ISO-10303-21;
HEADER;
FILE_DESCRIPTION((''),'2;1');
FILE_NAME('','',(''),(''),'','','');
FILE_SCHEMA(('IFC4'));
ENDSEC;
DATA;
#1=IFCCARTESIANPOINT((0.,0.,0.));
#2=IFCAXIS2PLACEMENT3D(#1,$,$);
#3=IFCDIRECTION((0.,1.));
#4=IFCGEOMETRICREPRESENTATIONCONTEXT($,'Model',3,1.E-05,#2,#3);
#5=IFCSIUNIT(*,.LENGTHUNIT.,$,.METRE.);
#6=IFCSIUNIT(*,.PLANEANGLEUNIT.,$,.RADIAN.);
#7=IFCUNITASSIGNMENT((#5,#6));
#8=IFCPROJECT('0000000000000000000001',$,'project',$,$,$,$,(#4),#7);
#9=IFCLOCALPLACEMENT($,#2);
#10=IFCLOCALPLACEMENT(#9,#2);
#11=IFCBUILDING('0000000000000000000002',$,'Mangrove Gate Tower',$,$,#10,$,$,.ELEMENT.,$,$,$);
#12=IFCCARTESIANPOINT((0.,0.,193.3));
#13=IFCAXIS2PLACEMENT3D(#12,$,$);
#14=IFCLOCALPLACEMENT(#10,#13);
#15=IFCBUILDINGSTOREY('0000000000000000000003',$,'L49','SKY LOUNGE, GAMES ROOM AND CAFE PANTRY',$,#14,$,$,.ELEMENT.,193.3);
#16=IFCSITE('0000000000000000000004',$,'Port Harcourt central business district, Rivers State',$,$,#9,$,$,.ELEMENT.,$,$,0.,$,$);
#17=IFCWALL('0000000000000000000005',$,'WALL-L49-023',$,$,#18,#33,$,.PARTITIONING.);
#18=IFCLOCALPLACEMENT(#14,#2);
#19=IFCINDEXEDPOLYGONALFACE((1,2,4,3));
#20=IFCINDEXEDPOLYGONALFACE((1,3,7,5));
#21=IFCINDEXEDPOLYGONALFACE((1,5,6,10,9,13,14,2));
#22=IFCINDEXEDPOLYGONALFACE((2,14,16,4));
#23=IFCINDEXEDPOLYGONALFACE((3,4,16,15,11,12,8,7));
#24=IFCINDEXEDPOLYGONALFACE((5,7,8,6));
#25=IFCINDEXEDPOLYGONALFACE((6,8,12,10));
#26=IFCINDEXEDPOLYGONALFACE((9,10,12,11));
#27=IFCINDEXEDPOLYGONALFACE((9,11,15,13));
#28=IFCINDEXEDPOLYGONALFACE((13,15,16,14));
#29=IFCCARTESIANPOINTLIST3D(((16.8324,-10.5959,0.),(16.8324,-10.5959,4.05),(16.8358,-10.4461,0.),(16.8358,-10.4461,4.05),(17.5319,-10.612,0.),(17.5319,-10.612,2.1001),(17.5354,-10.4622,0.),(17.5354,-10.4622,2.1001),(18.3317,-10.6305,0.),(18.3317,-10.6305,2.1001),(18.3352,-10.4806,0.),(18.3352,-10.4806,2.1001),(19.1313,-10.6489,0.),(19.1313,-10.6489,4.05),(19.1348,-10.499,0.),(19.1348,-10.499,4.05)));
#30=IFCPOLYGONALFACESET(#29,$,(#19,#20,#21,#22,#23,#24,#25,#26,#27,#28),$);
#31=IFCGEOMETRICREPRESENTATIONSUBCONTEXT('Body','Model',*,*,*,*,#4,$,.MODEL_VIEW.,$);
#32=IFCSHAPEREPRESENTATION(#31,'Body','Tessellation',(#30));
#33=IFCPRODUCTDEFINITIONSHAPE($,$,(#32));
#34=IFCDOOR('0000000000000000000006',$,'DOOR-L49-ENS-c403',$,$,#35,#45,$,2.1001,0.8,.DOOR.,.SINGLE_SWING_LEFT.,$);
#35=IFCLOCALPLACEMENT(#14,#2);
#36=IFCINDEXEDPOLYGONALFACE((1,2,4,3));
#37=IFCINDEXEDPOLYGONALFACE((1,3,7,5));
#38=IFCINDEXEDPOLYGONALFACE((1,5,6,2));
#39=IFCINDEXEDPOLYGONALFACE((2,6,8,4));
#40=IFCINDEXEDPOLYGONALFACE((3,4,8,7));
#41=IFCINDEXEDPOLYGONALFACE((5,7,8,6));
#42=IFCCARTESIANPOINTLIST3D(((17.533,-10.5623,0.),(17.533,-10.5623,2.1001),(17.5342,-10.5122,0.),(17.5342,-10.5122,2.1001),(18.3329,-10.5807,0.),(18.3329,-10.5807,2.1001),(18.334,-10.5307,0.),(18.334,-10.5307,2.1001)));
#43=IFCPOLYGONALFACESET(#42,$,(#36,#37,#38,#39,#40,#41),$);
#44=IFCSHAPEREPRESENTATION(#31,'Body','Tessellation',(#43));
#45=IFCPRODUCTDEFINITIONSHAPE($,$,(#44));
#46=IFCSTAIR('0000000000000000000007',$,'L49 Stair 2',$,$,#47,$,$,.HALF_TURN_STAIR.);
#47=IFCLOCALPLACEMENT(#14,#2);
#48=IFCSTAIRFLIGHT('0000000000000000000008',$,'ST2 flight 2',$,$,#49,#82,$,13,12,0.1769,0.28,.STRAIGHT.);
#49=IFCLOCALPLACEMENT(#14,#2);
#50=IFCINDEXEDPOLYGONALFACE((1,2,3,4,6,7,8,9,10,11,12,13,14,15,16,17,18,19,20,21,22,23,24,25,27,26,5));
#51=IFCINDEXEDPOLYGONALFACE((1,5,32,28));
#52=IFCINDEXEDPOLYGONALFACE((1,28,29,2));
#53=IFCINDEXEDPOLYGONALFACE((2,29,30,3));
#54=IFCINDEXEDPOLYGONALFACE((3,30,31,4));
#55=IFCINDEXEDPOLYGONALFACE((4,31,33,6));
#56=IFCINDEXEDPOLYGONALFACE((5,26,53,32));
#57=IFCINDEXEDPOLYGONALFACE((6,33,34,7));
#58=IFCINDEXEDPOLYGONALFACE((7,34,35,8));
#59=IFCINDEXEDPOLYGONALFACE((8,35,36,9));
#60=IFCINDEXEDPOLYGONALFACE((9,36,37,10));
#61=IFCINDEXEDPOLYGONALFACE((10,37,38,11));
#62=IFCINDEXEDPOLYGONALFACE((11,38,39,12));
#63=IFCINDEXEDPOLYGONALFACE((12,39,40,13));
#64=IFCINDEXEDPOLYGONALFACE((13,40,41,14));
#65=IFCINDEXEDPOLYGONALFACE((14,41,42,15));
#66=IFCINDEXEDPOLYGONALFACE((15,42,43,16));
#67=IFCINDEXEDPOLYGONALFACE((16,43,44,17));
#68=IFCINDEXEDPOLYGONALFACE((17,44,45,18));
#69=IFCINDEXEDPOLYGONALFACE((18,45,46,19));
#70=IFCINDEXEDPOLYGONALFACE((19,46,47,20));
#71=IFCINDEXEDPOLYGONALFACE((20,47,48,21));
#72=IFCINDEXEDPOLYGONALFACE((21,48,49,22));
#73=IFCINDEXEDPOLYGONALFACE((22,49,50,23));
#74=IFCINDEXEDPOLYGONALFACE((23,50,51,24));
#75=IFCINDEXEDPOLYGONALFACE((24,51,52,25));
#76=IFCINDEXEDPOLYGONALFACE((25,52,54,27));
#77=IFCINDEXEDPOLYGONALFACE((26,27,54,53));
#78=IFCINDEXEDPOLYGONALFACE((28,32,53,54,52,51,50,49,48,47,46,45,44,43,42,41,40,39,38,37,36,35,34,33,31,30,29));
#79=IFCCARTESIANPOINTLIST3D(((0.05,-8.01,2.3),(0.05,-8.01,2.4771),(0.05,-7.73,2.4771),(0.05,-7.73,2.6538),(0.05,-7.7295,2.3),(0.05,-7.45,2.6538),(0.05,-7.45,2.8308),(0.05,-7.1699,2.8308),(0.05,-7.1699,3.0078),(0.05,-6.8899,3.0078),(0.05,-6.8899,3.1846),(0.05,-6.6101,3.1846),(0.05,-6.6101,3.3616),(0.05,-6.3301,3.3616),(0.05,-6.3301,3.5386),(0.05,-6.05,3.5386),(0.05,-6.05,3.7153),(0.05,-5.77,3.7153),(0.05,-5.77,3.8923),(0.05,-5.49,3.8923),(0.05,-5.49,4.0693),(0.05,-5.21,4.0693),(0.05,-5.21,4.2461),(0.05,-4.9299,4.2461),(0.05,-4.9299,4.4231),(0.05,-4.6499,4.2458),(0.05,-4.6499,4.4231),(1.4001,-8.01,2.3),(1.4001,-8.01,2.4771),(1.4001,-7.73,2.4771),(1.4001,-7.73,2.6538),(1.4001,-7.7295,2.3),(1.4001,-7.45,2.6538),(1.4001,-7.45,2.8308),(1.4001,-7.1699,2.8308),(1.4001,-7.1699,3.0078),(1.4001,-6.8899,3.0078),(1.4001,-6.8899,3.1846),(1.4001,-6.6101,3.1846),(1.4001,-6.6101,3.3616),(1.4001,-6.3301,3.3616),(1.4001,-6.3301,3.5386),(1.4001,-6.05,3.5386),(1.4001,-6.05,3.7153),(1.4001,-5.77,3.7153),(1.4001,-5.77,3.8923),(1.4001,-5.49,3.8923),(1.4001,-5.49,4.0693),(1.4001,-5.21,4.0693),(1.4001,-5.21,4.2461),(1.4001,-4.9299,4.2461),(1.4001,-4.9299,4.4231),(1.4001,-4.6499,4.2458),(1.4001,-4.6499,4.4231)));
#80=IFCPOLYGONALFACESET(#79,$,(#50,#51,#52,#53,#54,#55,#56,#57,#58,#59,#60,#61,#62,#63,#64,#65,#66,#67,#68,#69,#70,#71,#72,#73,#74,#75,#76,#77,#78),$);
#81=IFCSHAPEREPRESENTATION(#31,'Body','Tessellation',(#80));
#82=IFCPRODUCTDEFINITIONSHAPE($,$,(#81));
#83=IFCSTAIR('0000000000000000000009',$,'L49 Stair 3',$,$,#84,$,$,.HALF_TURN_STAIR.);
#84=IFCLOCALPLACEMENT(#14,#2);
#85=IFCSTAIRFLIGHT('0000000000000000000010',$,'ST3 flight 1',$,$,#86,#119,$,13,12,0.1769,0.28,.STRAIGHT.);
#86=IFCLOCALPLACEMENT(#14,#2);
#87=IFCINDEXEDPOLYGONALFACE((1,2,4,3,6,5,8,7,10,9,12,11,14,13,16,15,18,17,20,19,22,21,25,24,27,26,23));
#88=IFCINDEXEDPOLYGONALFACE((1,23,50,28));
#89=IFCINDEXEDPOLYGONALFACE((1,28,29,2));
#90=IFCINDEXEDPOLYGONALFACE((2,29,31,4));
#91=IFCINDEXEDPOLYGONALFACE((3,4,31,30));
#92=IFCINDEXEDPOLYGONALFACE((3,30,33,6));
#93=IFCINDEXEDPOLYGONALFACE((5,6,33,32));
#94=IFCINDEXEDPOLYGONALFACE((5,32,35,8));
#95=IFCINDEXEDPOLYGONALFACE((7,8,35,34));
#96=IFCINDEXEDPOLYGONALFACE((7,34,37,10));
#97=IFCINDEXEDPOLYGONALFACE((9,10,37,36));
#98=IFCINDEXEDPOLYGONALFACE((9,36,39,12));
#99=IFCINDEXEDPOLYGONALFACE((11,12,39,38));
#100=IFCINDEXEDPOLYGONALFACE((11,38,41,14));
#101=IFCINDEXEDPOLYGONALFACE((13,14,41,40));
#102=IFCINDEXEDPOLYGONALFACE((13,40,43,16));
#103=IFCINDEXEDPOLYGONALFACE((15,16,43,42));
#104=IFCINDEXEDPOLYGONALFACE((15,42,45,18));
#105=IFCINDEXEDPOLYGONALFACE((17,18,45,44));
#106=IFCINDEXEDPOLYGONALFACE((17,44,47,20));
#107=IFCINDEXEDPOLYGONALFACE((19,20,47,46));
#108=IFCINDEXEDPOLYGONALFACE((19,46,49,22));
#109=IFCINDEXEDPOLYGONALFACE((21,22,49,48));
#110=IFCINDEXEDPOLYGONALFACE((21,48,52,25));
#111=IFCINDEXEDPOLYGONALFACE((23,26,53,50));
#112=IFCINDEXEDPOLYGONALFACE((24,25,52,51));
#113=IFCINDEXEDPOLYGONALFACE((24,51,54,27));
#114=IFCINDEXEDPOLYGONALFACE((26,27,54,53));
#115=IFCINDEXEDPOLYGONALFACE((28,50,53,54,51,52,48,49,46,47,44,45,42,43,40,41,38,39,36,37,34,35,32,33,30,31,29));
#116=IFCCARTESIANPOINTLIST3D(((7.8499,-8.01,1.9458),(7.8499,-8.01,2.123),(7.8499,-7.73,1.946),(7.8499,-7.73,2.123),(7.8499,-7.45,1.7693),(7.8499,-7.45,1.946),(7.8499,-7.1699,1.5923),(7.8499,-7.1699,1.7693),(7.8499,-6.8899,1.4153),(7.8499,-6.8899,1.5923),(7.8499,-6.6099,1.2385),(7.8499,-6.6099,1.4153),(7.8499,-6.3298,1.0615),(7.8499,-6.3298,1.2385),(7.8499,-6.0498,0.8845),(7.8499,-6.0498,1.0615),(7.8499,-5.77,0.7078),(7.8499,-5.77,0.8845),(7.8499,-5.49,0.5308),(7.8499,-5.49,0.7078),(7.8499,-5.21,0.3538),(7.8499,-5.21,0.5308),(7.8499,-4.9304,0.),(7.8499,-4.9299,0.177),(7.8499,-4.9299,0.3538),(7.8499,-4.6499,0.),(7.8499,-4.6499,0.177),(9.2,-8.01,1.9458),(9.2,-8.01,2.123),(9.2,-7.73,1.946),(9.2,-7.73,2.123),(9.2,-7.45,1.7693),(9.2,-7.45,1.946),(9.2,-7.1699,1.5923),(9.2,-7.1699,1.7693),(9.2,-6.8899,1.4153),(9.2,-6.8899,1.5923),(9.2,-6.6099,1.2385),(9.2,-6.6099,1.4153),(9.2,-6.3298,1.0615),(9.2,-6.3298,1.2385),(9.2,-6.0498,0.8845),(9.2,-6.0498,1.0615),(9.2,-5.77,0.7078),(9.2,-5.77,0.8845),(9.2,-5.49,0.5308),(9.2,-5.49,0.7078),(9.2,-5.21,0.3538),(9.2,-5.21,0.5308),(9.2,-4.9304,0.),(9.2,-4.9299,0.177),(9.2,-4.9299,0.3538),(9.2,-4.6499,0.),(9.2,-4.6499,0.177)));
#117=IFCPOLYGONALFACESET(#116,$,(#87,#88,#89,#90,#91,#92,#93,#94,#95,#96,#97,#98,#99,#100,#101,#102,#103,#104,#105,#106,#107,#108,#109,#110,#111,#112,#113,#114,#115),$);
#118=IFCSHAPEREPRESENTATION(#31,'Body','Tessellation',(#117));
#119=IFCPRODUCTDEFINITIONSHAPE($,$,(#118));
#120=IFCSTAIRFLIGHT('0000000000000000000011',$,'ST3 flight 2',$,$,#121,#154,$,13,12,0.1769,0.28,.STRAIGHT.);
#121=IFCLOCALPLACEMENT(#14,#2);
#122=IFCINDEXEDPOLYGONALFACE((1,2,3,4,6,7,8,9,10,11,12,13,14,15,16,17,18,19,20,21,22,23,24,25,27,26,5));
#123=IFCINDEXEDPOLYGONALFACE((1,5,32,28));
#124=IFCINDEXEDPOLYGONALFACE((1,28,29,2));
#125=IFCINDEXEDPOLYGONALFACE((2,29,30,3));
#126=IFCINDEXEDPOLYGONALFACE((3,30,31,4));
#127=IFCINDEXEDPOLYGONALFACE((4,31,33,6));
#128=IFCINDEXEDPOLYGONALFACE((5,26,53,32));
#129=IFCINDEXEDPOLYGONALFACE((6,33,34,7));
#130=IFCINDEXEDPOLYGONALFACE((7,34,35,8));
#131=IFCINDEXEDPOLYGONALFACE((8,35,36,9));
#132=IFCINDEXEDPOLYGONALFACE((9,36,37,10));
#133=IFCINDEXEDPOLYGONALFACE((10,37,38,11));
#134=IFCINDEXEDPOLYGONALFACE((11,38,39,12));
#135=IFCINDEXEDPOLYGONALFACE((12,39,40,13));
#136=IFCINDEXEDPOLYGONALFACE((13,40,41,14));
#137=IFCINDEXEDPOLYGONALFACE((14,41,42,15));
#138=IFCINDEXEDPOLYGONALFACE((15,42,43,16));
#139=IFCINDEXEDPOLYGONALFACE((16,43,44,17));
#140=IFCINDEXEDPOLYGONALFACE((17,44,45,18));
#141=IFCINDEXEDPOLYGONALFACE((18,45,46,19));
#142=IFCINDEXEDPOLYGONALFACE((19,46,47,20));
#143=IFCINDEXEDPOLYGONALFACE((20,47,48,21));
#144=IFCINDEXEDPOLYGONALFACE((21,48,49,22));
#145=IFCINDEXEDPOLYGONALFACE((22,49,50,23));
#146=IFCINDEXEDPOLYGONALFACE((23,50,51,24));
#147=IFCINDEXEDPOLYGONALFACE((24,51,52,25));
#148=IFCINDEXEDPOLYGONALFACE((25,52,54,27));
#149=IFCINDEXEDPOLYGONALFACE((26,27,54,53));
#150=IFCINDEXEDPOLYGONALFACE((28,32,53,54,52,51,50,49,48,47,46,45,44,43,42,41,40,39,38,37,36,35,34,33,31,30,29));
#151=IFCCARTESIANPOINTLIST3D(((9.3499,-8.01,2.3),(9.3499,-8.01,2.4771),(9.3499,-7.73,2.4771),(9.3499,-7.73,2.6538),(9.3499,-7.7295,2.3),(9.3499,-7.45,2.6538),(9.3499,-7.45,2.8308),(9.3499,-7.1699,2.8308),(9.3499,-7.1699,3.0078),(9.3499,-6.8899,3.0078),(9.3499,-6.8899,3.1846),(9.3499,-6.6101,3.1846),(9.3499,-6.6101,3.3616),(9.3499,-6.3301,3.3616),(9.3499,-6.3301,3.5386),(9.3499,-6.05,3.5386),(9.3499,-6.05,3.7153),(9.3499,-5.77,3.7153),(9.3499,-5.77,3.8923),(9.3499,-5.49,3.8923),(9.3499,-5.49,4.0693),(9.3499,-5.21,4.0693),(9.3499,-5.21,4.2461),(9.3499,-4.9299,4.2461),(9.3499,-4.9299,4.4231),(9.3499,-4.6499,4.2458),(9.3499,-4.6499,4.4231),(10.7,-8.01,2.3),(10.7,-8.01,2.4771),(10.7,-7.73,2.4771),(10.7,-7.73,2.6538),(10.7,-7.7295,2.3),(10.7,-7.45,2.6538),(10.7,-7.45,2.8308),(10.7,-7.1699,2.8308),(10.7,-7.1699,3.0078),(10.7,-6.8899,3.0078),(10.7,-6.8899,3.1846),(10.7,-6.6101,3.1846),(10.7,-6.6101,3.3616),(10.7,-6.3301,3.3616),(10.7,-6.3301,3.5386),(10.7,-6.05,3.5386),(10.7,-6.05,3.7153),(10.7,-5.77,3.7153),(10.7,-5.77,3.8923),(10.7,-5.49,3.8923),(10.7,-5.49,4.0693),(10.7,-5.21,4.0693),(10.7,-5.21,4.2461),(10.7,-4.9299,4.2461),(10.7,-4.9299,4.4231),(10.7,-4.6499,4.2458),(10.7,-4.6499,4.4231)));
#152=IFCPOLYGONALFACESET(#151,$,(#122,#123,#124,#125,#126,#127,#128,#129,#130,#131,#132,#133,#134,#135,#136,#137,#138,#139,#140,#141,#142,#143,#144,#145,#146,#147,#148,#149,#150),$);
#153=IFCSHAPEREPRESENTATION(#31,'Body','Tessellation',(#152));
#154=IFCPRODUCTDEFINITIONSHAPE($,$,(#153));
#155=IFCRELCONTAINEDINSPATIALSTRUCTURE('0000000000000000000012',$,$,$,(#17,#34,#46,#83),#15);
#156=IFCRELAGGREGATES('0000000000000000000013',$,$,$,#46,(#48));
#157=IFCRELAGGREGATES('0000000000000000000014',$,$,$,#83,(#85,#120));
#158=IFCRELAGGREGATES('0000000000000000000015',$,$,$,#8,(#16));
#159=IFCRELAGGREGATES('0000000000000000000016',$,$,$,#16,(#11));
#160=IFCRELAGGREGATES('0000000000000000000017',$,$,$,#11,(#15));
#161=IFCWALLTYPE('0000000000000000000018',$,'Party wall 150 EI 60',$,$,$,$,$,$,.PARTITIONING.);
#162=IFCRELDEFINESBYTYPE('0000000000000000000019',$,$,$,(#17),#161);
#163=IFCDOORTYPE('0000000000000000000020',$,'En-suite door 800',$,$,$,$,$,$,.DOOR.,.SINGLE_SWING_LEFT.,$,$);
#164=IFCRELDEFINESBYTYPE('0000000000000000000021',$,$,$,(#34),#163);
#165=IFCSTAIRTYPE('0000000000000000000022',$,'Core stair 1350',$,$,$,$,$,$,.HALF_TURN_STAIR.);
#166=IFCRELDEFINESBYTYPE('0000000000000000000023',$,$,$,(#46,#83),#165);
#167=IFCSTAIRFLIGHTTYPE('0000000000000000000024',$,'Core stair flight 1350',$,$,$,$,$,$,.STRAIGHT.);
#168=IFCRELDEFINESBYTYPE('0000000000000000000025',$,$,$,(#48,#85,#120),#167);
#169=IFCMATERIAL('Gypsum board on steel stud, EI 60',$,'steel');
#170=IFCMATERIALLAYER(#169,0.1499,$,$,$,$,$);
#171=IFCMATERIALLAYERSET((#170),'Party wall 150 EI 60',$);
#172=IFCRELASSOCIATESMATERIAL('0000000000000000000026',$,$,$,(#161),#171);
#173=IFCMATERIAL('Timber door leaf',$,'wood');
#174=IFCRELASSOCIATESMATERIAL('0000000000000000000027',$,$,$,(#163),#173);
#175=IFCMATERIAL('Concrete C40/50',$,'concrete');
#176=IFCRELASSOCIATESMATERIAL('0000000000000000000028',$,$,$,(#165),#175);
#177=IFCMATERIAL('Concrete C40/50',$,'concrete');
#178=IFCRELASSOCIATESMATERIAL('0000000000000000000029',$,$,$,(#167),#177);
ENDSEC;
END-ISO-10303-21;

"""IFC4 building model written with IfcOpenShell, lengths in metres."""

from ifc_helpers import new_model, si_unit, direction, frame, frame_2d, origin, place, context, subcontext, project, spatial, polyline, rectangle, outline, extrude, material, layer, layer_set, type_object, element, fill, aggregate, save


model = new_model("IFC4")

# Units and contexts
model_context = context("Model", 3, precision=1e-05, world=origin(), true_north=direction((0.0, 1.0)))
body_context = subcontext(model_context, "Body", "Model", "MODEL_VIEW")
ifc_project = project(units=[si_unit("LENGTHUNIT", "METRE"), si_unit("PLANEANGLEUNIT", "RADIAN")], contexts=[model_context])

# Site, building, storey
site_placement = place(None, origin())
site = spatial("IfcSite", under=ifc_project, at=site_placement, Name="Port Harcourt central business district, Rivers State", CompositionType="ELEMENT", RefElevation=0.0)
building_placement = place(site_placement, origin())
building = spatial("IfcBuilding", under=site, at=building_placement, Name="Mangrove Gate Tower", CompositionType="ELEMENT")
storey_placement = place(building_placement, frame((0.0, 0.0, 193.3)))
storey = spatial("IfcBuildingStorey", under=building, at=storey_placement, Name="L49", Description="SKY LOUNGE, GAMES ROOM AND CAFE PANTRY", CompositionType="ELEMENT", Elevation=193.3)

# Wall, opening, door
ifc_material_1 = material(Name="Gypsum board on steel stud, EI 60", Category="steel")
ifc_layer_1 = layer(ifc_material_1, 0.1499)
ifc_layer_set_1 = layer_set([ifc_layer_1], Name="Party wall 150 EI 60")
wall_type_1 = type_object("IfcWallType", Name="Party wall 150 EI 60", PredefinedType="PARTITIONING", material=ifc_layer_set_1)
wall_1_placement = place(storey_placement, frame((16.834, -10.521, 0.0), z_axis=(0.0, 0.0, 1.0), x_axis=(0.999735, -0.023037, 0.0)))
wall_1 = element("IfcWall", 1, at=wall_1_placement, inside=storey, type_object=wall_type_1, Name="WALL-L49-023", PredefinedType="PARTITIONING", context=body_context, shape_type="SweptSolid", body=[
    extrude(rectangle(XDim=2.2996, YDim=0.1499, at=frame_2d((1.1499, 0.0))), origin(), (0.0, 0.0, 1.0), 4.05),
])
opening_1_placement = place(wall_1_placement, frame((0.7, 0.0, 0.0)))
opening_1 = element("IfcOpeningElement", 2, at=opening_1_placement, cuts=wall_1, PredefinedType="OPENING", context=body_context, shape_type="SweptSolid", body=[
    extrude(rectangle(XDim=0.8, YDim=2.1001, at=frame_2d((0.3999, 1.05))), frame((0.0, 0.085, 0.0), z_axis=(0.0, -1.0, 0.0), x_axis=(1.0, 0.0, 0.0)), (0.0, 0.0, 1.0), 0.1699),
])
ifc_material_2 = material(Name="Timber door leaf", Category="wood")
door_type_1 = type_object("IfcDoorType", Name="En-suite door 800", OperationType="SINGLE_SWING_LEFT", PredefinedType="DOOR", material=ifc_material_2)
door_1_placement = place(opening_1_placement, origin())
door_1 = element("IfcDoor", 3, at=door_1_placement, inside=storey, type_object=door_type_1, Name="DOOR-L49-ENS-c403", OperationType="SINGLE_SWING_LEFT", OverallHeight=2.1001, OverallWidth=0.8, PredefinedType="DOOR", context=body_context, shape_type="SweptSolid", body=[
    extrude(rectangle(XDim=0.8, YDim=2.1001, at=frame_2d((0.3999, 1.05))), frame((0.0, 0.0249, 0.0), z_axis=(0.0, -1.0, 0.0), x_axis=(1.0, 0.0, 0.0)), (0.0, 0.0, 1.0), 0.05),
])
fill(opening_1, door_1)

# Stair, stair flight
ifc_material_3 = material(Name="Concrete C40/50", Category="concrete")
stair_type = type_object("IfcStairType", Name="Core stair 1350", PredefinedType="HALF_TURN_STAIR", material=ifc_material_3)
stair_1_placement = place(storey_placement, origin())
stair_1 = element("IfcStair", 4, at=stair_1_placement, inside=storey, type_object=stair_type, Name="L49 Stair 2", PredefinedType="HALF_TURN_STAIR")
ifc_material_4 = material(Name="Concrete C40/50", Category="concrete")
stair_flight_type = type_object("IfcStairFlightType", Name="Core stair flight 1350", PredefinedType="STRAIGHT", material=ifc_material_4)
stair_flight_1_placement = place(storey_placement, frame((0.7251, -8.01, 2.3), z_axis=(0.0, 0.0, 1.0), x_axis=(0.0, 1.0, 0.0)))
stair_flight_1 = element("IfcStairFlight", 5, at=stair_flight_1_placement, type_object=stair_flight_type, Name="ST2 flight 2", NumberOfRisers=13, NumberOfTreads=12, PredefinedType="STRAIGHT", RiserHeight=0.1769, TreadLength=0.28, context=body_context, shape_type="SweptSolid", body=[
    extrude(outline(polyline([(0.0, 0.0), (0.0, 0.177), (0.28, 0.177), (0.28, 0.3538), (0.5601, 0.3538), (0.5601, 0.5308), (0.8401, 0.5308), (0.8401, 0.7078), (1.1201, 0.7078), (1.1201, 0.8845), (1.3999, 0.8845), (1.3999, 1.0615), (1.6799, 1.0615), (1.6799, 1.2385), (1.96, 1.2385), (1.96, 1.4153), (2.24, 1.4153), (2.24, 1.5923), (2.52, 1.5923), (2.52, 1.7693), (2.8, 1.7693), (2.8, 1.946), (3.0801, 1.946), (3.0801, 2.123), (3.3601, 2.123), (3.3601, 2.3), (3.3601, 1.9458), (0.2805, 0.0), (0.0, 0.0)])), frame((0.0, 0.675, 0.0), z_axis=(0.0, -1.0, 0.0), x_axis=(1.0, 0.0, 0.0)), (0.0, 0.0, 1.0), 1.3501),
])
aggregate(stair_1, [stair_flight_1])

# Stair, stair flights
stair_2_placement = place(storey_placement, origin())
stair_2 = element("IfcStair", 6, at=stair_2_placement, inside=storey, type_object=stair_type, Name="L49 Stair 3", PredefinedType="HALF_TURN_STAIR")
stair_flight_2_placement = place(storey_placement, frame((8.5249, -4.6499, 0.0), z_axis=(0.0, 0.0, 1.0), x_axis=(0.0, -1.0, 0.0)))
stair_flight_2 = element("IfcStairFlight", 7, at=stair_flight_2_placement, type_object=stair_flight_type, Name="ST3 flight 1", NumberOfRisers=13, NumberOfTreads=12, PredefinedType="STRAIGHT", RiserHeight=0.1769, TreadLength=0.28, context=body_context, shape_type="SweptSolid", body=[
    extrude(outline(polyline([(0.0, 0.0), (0.0, 0.177), (0.28, 0.177), (0.28, 0.3538), (0.5601, 0.3538), (0.5601, 0.5308), (0.8401, 0.5308), (0.8401, 0.7078), (1.1201, 0.7078), (1.1201, 0.8845), (1.3999, 0.8845), (1.3999, 1.0615), (1.6799, 1.0615), (1.6799, 1.2385), (1.96, 1.2385), (1.96, 1.4153), (2.24, 1.4153), (2.24, 1.5923), (2.52, 1.5923), (2.52, 1.7693), (2.8, 1.7693), (2.8, 1.946), (3.0801, 1.946), (3.0801, 2.123), (3.3601, 2.123), (3.3601, 2.3), (3.3601, 1.9458), (0.2805, 0.0), (0.0, 0.0)])), frame((0.0, 0.675, 0.0), z_axis=(0.0, -1.0, 0.0), x_axis=(1.0, 0.0, 0.0)), (0.0, 0.0, 1.0), 1.3501),
])
stair_flight_3_placement = place(storey_placement, frame((10.0249, -8.01, 2.3), z_axis=(0.0, 0.0, 1.0), x_axis=(0.0, 1.0, 0.0)))
stair_flight_3 = element("IfcStairFlight", 8, at=stair_flight_3_placement, type_object=stair_flight_type, Name="ST3 flight 2", NumberOfRisers=13, NumberOfTreads=12, PredefinedType="STRAIGHT", RiserHeight=0.1769, TreadLength=0.28, context=body_context, shape_type="SweptSolid", body=[
    extrude(outline(polyline([(0.0, 0.0), (0.0, 0.177), (0.28, 0.177), (0.28, 0.3538), (0.5601, 0.3538), (0.5601, 0.5308), (0.8401, 0.5308), (0.8401, 0.7078), (1.1201, 0.7078), (1.1201, 0.8845), (1.3999, 0.8845), (1.3999, 1.0615), (1.6799, 1.0615), (1.6799, 1.2385), (1.96, 1.2385), (1.96, 1.4153), (2.24, 1.4153), (2.24, 1.5923), (2.52, 1.5923), (2.52, 1.7693), (2.8, 1.7693), (2.8, 1.946), (3.0801, 1.946), (3.0801, 2.123), (3.3601, 2.123), (3.3601, 2.3), (3.3601, 1.9458), (0.2805, 0.0), (0.0, 0.0)])), frame((0.0, 0.675, 0.0), z_axis=(0.0, -1.0, 0.0), x_axis=(1.0, 0.0, 0.0)), (0.0, 0.0, 1.0), 1.3501),
])
aggregate(stair_2, [stair_flight_2, stair_flight_3])

save(model, "model.ifc")
